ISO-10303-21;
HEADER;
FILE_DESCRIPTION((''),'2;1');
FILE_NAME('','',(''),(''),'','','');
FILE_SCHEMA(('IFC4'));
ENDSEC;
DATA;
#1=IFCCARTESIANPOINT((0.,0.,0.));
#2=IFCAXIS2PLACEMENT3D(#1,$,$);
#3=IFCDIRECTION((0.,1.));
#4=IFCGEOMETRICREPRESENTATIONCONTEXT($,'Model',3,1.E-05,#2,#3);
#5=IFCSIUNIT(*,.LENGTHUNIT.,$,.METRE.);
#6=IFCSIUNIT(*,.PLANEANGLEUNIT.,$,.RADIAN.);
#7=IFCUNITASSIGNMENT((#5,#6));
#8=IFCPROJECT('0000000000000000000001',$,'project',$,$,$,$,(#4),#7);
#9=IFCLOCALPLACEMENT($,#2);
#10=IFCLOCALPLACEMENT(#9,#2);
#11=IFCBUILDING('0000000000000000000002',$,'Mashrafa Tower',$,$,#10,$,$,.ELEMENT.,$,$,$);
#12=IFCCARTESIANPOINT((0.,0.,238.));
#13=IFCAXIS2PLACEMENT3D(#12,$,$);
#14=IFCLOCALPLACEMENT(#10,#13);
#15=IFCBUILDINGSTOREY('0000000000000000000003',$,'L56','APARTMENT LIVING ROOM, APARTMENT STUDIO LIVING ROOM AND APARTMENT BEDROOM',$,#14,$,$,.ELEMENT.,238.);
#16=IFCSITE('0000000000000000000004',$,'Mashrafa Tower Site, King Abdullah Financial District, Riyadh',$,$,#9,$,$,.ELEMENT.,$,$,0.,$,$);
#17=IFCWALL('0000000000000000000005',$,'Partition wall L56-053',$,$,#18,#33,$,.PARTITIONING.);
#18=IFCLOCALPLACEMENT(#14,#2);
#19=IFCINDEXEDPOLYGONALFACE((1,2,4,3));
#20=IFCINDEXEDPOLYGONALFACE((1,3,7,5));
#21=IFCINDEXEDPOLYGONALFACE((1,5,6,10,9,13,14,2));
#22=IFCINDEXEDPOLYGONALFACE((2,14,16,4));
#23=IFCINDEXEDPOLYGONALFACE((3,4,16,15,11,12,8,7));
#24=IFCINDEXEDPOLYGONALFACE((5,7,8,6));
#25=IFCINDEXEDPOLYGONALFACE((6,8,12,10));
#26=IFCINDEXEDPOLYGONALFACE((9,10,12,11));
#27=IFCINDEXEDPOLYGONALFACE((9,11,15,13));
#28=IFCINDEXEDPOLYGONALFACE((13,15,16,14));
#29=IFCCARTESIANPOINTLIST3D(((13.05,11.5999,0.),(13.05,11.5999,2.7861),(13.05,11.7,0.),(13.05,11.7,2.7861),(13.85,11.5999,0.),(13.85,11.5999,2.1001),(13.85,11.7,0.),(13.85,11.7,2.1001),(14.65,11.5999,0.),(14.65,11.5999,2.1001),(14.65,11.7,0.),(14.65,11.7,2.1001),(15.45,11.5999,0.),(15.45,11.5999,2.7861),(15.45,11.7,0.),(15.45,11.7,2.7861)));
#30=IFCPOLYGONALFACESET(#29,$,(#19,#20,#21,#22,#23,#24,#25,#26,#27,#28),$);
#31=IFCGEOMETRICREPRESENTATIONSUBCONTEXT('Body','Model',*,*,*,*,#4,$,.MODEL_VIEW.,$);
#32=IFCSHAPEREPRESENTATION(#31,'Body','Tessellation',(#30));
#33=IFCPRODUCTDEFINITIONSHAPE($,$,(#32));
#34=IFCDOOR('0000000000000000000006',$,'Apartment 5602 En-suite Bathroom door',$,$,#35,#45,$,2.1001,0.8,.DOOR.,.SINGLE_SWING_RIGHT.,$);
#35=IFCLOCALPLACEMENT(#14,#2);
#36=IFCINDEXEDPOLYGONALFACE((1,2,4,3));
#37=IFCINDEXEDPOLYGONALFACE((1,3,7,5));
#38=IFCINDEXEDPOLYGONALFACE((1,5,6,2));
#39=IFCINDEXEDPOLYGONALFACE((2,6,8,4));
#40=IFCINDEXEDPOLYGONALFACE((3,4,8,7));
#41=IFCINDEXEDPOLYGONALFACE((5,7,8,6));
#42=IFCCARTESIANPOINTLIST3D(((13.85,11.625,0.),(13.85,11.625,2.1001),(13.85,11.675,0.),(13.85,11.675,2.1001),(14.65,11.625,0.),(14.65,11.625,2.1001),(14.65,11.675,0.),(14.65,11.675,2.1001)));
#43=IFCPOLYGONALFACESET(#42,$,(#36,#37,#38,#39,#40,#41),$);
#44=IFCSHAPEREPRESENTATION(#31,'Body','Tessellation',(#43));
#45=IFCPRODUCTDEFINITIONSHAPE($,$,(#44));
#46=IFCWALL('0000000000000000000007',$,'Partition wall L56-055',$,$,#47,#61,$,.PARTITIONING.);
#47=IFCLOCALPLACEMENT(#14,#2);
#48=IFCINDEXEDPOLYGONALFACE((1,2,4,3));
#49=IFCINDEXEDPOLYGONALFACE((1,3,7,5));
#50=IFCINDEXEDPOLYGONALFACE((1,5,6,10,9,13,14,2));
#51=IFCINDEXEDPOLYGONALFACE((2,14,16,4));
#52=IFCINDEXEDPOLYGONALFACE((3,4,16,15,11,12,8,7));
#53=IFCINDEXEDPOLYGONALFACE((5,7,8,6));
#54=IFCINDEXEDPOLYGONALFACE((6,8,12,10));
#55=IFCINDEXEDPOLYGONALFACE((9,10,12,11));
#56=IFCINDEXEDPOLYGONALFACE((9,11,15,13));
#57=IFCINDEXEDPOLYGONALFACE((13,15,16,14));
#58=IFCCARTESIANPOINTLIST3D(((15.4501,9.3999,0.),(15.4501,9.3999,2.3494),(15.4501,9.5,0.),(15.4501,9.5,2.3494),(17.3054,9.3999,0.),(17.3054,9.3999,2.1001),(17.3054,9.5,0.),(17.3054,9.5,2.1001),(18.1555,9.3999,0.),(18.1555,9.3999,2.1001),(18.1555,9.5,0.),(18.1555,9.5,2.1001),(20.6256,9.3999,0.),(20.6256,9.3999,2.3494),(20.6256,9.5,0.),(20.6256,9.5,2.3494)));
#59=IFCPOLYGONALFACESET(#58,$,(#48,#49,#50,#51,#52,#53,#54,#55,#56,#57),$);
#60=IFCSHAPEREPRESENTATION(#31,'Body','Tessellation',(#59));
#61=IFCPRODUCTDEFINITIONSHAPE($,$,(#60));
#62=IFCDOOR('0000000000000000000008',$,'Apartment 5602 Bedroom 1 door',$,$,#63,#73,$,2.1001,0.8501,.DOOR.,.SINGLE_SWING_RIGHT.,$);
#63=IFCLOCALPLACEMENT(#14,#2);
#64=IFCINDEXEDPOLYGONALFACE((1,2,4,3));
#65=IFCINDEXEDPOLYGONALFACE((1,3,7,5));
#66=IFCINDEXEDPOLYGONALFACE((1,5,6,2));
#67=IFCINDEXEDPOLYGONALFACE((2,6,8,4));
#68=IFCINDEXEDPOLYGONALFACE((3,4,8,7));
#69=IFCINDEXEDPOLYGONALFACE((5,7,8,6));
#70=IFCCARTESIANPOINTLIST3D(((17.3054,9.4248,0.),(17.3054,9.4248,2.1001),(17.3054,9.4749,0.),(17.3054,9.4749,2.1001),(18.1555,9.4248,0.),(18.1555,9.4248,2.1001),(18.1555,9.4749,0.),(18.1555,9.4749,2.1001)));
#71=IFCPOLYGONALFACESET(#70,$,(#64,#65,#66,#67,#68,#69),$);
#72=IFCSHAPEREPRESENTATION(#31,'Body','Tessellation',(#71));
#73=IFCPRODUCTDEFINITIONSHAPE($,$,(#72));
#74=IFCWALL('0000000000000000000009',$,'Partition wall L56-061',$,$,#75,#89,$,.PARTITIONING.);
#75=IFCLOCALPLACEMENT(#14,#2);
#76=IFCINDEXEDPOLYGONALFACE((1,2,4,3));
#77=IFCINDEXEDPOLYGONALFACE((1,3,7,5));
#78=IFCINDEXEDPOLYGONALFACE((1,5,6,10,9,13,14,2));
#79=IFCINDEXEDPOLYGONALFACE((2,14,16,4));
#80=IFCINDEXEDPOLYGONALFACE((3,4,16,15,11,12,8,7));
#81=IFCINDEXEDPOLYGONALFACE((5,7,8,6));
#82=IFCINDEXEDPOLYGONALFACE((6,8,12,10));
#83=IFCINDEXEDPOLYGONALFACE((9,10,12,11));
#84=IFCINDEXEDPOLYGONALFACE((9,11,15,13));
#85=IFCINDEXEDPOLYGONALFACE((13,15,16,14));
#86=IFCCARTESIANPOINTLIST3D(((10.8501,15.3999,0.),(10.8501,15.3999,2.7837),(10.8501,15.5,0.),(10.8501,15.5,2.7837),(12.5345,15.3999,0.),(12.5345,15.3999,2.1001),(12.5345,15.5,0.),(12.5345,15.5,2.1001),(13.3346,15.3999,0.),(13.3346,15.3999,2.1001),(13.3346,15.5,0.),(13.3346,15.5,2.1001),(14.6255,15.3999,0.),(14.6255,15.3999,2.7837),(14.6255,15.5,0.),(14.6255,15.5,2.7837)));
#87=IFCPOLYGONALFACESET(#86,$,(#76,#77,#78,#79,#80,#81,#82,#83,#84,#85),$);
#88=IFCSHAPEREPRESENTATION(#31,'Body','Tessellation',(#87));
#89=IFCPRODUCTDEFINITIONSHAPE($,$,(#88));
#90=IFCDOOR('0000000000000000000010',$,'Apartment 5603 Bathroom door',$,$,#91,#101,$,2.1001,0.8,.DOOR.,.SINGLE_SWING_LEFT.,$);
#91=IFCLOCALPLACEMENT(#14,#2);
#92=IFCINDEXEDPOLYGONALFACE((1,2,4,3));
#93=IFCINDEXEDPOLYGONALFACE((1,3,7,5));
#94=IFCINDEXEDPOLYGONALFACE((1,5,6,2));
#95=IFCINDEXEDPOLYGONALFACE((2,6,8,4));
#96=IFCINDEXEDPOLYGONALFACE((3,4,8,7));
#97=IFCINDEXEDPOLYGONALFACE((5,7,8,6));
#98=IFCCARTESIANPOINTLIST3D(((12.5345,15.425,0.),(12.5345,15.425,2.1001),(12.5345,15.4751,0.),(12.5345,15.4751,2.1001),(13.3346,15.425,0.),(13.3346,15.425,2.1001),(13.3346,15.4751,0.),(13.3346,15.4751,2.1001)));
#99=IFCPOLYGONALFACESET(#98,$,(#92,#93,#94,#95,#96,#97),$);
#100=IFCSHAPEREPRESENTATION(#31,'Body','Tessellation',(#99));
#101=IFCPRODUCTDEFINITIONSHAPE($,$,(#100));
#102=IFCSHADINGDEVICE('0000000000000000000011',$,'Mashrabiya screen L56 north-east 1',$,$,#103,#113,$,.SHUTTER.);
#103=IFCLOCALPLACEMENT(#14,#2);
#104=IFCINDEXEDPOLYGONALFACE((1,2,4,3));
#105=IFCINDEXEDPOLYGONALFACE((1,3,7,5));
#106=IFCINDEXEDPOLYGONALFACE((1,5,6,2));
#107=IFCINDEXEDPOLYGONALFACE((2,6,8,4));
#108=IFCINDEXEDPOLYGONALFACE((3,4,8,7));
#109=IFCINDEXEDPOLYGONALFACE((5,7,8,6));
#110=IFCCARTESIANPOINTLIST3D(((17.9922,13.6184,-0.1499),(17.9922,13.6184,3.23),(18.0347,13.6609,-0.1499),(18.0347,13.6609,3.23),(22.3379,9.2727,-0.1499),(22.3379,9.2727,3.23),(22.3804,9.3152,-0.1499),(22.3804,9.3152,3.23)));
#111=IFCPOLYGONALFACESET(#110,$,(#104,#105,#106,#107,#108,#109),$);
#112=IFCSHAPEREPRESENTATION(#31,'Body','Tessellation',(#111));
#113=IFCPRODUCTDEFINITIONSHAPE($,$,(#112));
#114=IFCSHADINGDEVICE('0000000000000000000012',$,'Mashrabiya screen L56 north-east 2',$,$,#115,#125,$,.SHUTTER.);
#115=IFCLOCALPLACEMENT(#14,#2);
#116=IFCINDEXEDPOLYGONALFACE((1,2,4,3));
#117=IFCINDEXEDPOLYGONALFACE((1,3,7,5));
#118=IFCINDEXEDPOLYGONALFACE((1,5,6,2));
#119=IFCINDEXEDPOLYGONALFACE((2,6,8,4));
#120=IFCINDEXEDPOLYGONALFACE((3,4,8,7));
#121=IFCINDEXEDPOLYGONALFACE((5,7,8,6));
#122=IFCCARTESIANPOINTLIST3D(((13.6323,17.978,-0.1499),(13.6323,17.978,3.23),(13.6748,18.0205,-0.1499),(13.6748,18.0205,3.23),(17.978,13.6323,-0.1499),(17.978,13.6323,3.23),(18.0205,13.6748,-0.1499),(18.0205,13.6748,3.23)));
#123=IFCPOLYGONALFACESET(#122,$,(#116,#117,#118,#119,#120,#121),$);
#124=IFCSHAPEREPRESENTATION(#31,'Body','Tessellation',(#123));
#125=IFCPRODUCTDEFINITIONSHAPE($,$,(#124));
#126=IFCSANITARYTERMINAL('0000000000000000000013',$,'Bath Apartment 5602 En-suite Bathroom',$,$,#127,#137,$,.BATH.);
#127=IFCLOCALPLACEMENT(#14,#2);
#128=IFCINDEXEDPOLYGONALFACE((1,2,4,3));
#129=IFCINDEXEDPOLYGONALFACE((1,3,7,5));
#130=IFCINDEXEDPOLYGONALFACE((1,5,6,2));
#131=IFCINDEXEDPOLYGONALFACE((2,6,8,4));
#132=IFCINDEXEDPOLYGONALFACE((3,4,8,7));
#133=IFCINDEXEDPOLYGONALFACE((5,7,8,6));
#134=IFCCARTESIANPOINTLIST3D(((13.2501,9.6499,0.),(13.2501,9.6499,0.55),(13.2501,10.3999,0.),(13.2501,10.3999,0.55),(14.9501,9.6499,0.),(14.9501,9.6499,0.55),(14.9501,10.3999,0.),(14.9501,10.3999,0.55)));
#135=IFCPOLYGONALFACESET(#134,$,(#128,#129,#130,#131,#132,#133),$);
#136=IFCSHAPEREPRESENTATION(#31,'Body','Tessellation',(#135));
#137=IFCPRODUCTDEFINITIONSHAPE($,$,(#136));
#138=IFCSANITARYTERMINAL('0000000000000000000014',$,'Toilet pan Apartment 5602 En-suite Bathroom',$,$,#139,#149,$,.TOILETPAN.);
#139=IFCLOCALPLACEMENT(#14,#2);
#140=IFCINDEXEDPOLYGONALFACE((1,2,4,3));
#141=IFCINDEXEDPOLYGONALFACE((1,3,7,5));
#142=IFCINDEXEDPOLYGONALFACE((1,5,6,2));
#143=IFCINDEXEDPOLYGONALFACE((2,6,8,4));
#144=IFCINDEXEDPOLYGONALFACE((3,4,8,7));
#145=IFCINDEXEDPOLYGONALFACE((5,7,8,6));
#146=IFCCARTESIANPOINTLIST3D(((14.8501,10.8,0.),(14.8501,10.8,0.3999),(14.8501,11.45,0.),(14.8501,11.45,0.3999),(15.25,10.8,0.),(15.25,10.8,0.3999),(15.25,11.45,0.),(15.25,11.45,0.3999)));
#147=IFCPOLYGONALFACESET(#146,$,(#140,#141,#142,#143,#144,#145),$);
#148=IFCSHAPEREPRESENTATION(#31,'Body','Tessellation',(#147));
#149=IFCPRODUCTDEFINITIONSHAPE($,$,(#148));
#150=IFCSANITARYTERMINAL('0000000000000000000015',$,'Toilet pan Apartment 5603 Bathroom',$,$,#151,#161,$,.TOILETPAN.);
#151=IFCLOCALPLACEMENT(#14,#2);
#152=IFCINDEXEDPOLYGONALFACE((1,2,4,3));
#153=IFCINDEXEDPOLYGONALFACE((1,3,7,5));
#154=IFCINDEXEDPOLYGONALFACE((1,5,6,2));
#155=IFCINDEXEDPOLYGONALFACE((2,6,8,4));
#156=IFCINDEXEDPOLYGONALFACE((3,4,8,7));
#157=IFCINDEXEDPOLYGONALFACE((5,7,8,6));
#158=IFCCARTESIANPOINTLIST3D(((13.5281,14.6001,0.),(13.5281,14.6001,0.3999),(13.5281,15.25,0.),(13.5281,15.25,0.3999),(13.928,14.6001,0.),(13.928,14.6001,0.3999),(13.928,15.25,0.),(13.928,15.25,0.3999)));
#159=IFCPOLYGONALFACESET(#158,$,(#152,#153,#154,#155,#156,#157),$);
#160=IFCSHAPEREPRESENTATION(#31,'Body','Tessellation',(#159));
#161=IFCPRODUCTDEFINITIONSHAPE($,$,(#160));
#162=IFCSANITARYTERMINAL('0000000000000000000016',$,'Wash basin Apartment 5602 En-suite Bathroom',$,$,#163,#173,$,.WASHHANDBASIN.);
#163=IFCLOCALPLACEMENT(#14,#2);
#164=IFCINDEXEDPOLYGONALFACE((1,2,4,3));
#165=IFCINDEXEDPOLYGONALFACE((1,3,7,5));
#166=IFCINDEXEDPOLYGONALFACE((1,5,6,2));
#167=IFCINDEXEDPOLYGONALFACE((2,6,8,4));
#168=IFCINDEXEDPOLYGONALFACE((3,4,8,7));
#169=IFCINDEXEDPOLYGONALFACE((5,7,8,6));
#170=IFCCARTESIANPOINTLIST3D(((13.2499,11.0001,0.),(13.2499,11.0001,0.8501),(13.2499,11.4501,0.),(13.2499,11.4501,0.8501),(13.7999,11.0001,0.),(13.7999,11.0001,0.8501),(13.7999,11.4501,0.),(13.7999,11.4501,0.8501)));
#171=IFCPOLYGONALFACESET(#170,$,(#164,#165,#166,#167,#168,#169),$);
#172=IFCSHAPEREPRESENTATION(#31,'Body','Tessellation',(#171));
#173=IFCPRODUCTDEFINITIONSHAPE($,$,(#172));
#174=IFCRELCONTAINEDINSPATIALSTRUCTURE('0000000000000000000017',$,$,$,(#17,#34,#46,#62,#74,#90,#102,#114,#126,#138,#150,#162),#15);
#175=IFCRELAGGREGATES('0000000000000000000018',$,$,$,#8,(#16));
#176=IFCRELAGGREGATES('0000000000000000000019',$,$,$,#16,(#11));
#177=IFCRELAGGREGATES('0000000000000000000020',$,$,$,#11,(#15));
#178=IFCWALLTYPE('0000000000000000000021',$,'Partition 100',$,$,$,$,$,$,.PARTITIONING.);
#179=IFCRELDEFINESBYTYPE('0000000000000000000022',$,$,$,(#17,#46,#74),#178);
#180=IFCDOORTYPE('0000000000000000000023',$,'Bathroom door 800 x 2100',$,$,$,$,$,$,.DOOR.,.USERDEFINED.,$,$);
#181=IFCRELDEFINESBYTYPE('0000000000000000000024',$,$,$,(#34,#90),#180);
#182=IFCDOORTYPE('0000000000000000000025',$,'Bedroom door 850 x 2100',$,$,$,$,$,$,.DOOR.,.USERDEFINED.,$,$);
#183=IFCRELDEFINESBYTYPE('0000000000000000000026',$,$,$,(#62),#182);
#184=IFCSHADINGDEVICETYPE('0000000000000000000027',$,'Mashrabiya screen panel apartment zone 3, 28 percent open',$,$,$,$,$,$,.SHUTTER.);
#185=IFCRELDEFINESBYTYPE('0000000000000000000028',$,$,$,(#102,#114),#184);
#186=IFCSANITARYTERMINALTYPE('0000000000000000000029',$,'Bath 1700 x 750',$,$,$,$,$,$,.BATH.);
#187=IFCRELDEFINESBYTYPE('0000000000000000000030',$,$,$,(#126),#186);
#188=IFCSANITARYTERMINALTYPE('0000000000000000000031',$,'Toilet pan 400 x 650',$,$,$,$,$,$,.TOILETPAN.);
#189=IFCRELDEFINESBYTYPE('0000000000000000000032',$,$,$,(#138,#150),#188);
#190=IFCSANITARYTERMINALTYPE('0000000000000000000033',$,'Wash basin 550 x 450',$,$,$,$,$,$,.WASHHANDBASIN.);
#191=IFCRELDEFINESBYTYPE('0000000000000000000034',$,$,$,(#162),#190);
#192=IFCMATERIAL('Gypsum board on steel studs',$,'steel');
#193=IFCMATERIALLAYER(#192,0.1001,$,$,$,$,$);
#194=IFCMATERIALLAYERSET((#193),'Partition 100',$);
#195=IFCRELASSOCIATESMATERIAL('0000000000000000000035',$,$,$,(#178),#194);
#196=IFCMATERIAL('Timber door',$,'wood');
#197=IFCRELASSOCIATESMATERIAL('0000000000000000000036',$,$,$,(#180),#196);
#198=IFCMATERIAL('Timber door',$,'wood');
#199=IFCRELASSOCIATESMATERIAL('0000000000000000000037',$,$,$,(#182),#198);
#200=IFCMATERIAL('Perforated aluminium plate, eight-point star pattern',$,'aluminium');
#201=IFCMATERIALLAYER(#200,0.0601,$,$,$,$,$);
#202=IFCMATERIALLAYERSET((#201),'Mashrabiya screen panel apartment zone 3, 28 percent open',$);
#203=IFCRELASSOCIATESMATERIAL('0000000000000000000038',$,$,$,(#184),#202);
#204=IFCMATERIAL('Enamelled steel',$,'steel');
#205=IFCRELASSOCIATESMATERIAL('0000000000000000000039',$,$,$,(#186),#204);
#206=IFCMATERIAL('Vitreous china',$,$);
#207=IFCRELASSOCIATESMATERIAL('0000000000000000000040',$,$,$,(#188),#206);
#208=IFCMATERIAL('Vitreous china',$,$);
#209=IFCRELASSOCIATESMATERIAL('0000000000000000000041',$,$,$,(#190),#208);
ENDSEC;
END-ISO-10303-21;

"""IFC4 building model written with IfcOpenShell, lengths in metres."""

from ifc_helpers import new_model, si_unit, direction, frame, frame_2d, origin, origin_2d, place, context, subcontext, project, spatial, rectangle, extrude, source, transform, mapped, material, layer, layer_set, type_object, type_shapes, element, fill, save


model = new_model("IFC4")

# Units and contexts
model_context = context("Model", 3, precision=1e-05, world=origin(), true_north=direction((0.0, 1.0)))
body_context = subcontext(model_context, "Body", "Model", "MODEL_VIEW")
ifc_project = project(units=[si_unit("LENGTHUNIT", "METRE"), si_unit("PLANEANGLEUNIT", "RADIAN")], contexts=[model_context])

# Site, building, storey
site_placement = place(None, origin())
site = spatial("IfcSite", under=ifc_project, at=site_placement, Name="Mashrafa Tower Site, King Abdullah Financial District, Riyadh", CompositionType="ELEMENT", RefElevation=0.0)
building_placement = place(site_placement, origin())
building = spatial("IfcBuilding", under=site, at=building_placement, Name="Mashrafa Tower", CompositionType="ELEMENT")
storey_placement = place(building_placement, frame((0.0, 0.0, 238.0)))
storey = spatial("IfcBuildingStorey", under=building, at=storey_placement, Name="L56", Description="APARTMENT LIVING ROOM, APARTMENT STUDIO LIVING ROOM AND APARTMENT BEDROOM", CompositionType="ELEMENT", Elevation=238.0)

# Shared definitions
ifc_material_1 = material(Name="Gypsum board on steel studs", Category="steel")
ifc_layer_1 = layer(ifc_material_1, 0.1001)
ifc_layer_set_1 = layer_set([ifc_layer_1], Name="Partition 100")
wall_type_1 = type_object("IfcWallType", Name="Partition 100", PredefinedType="PARTITIONING", material=ifc_layer_set_1)

# Walls, openings, doors
wall_1_placement = place(storey_placement, frame((15.45, 11.6499, 0.0), z_axis=(0.0, 0.0, 1.0), x_axis=(-1.0, 0.0, 0.0)))
wall_1 = element("IfcWall", 1, at=wall_1_placement, inside=storey, type_object=wall_type_1, Name="Partition wall L56-053", PredefinedType="PARTITIONING", context=body_context, shape_type="SweptSolid", body=[
    extrude(rectangle(XDim=2.3999, YDim=0.1001, at=frame_2d((1.2, 0.0))), origin(), (0.0, 0.0, 1.0), 2.7861),
])
opening_1_placement = place(wall_1_placement, frame((0.8, 0.0, 0.0)))
opening_1 = element("IfcOpeningElement", 2, at=opening_1_placement, cuts=wall_1, PredefinedType="OPENING", context=body_context, shape_type="SweptSolid", body=[
    extrude(rectangle(XDim=0.8, YDim=2.1001, at=frame_2d((0.3999, 1.05))), frame((0.0, 0.0601, 0.0), z_axis=(0.0, -1.0, 0.0), x_axis=(1.0, 0.0, 0.0)), (0.0, 0.0, 1.0), 0.1201),
])
ifc_material_2 = material(Name="Timber door", Category="wood")
door_type_1 = type_object("IfcDoorType", Name="Bathroom door 800 x 2100", OperationType="USERDEFINED", PredefinedType="DOOR", material=ifc_material_2)
door_1_placement = place(opening_1_placement, origin())
door_1 = element("IfcDoor", 3, at=door_1_placement, inside=storey, type_object=door_type_1, Name="Apartment 5602 En-suite Bathroom door", OperationType="SINGLE_SWING_RIGHT", OverallHeight=2.1001, OverallWidth=0.8, PredefinedType="DOOR", context=body_context, shape_type="SweptSolid", body=[
    extrude(rectangle(XDim=0.8, YDim=2.1001, at=frame_2d((0.3999, 1.05))), frame((0.0, 0.0249, 0.0), z_axis=(0.0, -1.0, 0.0), x_axis=(1.0, 0.0, 0.0)), (0.0, 0.0, 1.0), 0.05),
])
fill(opening_1, door_1)
wall_2_placement = place(storey_placement, frame((15.45, 9.45, 0.0), z_axis=(0.0, 0.0, 1.0), x_axis=(1.0, 0.0, 0.0)))
wall_2 = element("IfcWall", 4, at=wall_2_placement, inside=storey, type_object=wall_type_1, Name="Partition wall L56-055", PredefinedType="PARTITIONING", context=body_context, shape_type="SweptSolid", body=[
    extrude(rectangle(XDim=5.1755, YDim=0.1001, at=frame_2d((2.5879, 0.0))), origin(), (0.0, 0.0, 1.0), 2.3494),
])
opening_2_placement = place(wall_2_placement, frame((1.8555, 0.0, 0.0)))
opening_2 = element("IfcOpeningElement", 5, at=opening_2_placement, cuts=wall_2, PredefinedType="OPENING", context=body_context, shape_type="SweptSolid", body=[
    extrude(rectangle(XDim=0.8501, YDim=2.1001, at=frame_2d((0.425, 1.05))), frame((0.0, 0.0601, 0.0), z_axis=(0.0, -1.0, 0.0), x_axis=(1.0, 0.0, 0.0)), (0.0, 0.0, 1.0), 0.1201),
])
ifc_material_3 = material(Name="Timber door", Category="wood")
door_type_2 = type_object("IfcDoorType", Name="Bedroom door 850 x 2100", OperationType="USERDEFINED", PredefinedType="DOOR", material=ifc_material_3)
door_2_placement = place(opening_2_placement, origin())
door_2 = element("IfcDoor", 6, at=door_2_placement, inside=storey, type_object=door_type_2, Name="Apartment 5602 Bedroom 1 door", OperationType="SINGLE_SWING_RIGHT", OverallHeight=2.1001, OverallWidth=0.8501, PredefinedType="DOOR", context=body_context, shape_type="SweptSolid", body=[
    extrude(rectangle(XDim=0.8501, YDim=2.1001, at=frame_2d((0.425, 1.05))), frame((0.0, 0.0249, 0.0), z_axis=(0.0, -1.0, 0.0), x_axis=(1.0, 0.0, 0.0)), (0.0, 0.0, 1.0), 0.05),
])
fill(opening_2, door_2)
wall_3_placement = place(storey_placement, frame((14.6255, 15.45, 0.0), z_axis=(0.0, 0.0, 1.0), x_axis=(-1.0, 0.0, 0.0)))
wall_3 = element("IfcWall", 7, at=wall_3_placement, inside=storey, type_object=wall_type_1, Name="Partition wall L56-061", PredefinedType="PARTITIONING", context=body_context, shape_type="SweptSolid", body=[
    extrude(rectangle(XDim=3.7754, YDim=0.1001, at=frame_2d((1.8877, 0.0))), origin(), (0.0, 0.0, 1.0), 2.7837),
])
opening_3_placement = place(wall_3_placement, frame((1.291, 0.0, 0.0)))
opening_3 = element("IfcOpeningElement", 8, at=opening_3_placement, cuts=wall_3, PredefinedType="OPENING", context=body_context, shape_type="SweptSolid", body=[
    extrude(rectangle(XDim=0.8, YDim=2.1001, at=frame_2d((0.3999, 1.05))), frame((0.0, 0.0601, 0.0), z_axis=(0.0, -1.0, 0.0), x_axis=(1.0, 0.0, 0.0)), (0.0, 0.0, 1.0), 0.1201),
])
door_3_placement = place(opening_3_placement, origin())
door_3 = element("IfcDoor", 9, at=door_3_placement, inside=storey, type_object=door_type_1, Name="Apartment 5603 Bathroom door", OperationType="SINGLE_SWING_LEFT", OverallHeight=2.1001, OverallWidth=0.8, PredefinedType="DOOR", context=body_context, shape_type="SweptSolid", body=[
    extrude(rectangle(XDim=0.8, YDim=2.1001, at=frame_2d((0.3999, 1.05))), frame((0.0, 0.0249, 0.0), z_axis=(0.0, -1.0, 0.0), x_axis=(1.0, 0.0, 0.0)), (0.0, 0.0, 1.0), 0.05),
])
fill(opening_3, door_3)

# Shading devices
ifc_material_4 = material(Name="Perforated aluminium plate, eight-point star pattern", Category="aluminium")
ifc_layer_2 = layer(ifc_material_4, 0.0601)
ifc_layer_set_2 = layer_set([ifc_layer_2], Name="Mashrabiya screen panel apartment zone 3, 28 percent open")
shading_device_type = type_object("IfcShadingDeviceType", Name="Mashrabiya screen panel apartment zone 3, 28 percent open", PredefinedType="SHUTTER", material=ifc_layer_set_2)
shared_shape_1 = source(origin(), body_context, "Body", "SweptSolid", [
    extrude(rectangle(XDim=6.1458, YDim=0.0601, at=origin_2d()), origin(), (0.0, 0.0, 1.0), 3.3799),
])
type_shapes(shading_device_type, [shared_shape_1])
for number, where, z_axis, x_axis, name in (
    (10, (20.1863, 11.4668, -0.1499), (0.0, 0.0, 1.0), (-0.707107, 0.707107, 0.0), "Mashrabiya screen L56 north-east 1"),
    (11, (15.8264, 15.8264, -0.1499), (0.0, 0.0, 1.0), (-0.707107, 0.707107, 0.0), "Mashrabiya screen L56 north-east 2"),
):
    element("IfcShadingDevice", number, at=place(storey_placement, frame(where, z_axis=z_axis, x_axis=x_axis)), inside=storey, type_object=shading_device_type, Name=name, PredefinedType="SHUTTER", context=body_context, shape_type="MappedRepresentation", body=[
        mapped(shared_shape_1, transform((0.0, 0.0, 0.0))),
    ])

# Sanitary terminals
ifc_material_5 = material(Name="Enamelled steel", Category="steel")
sanitary_terminal_type_1 = type_object("IfcSanitaryTerminalType", Name="Bath 1700 x 750", PredefinedType="BATH", material=ifc_material_5)
sanitary_terminal_placement = place(storey_placement, frame((14.1001, 10.0249, 0.0), z_axis=(0.0, 0.0, 1.0), x_axis=(1.0, 0.0, 0.0)))
element("IfcSanitaryTerminal", 12, at=sanitary_terminal_placement, inside=storey, type_object=sanitary_terminal_type_1, Name="Bath Apartment 5602 En-suite Bathroom", PredefinedType="BATH", context=body_context, shape_type="SweptSolid", body=[
    extrude(rectangle(XDim=1.7, YDim=0.75, at=origin_2d()), origin(), (0.0, 0.0, 1.0), 0.55),
])
ifc_material_6 = material(Name="Vitreous china")
sanitary_terminal_type_2 = type_object("IfcSanitaryTerminalType", Name="Toilet pan 400 x 650", PredefinedType="TOILETPAN", material=ifc_material_6)
for number, where, z_axis, x_axis, name in (
    (13, (15.05, 11.125, 0.0), (0.0, 0.0, 1.0), (-1.0, 0.0, 0.0), "Toilet pan Apartment 5602 En-suite Bathroom"),
    (14, (13.728, 14.925, 0.0), (0.0, 0.0, 1.0), (-1.0, 0.0, 0.0), "Toilet pan Apartment 5603 Bathroom"),
):
    element("IfcSanitaryTerminal", number, at=place(storey_placement, frame(where, z_axis=z_axis, x_axis=x_axis)), inside=storey, type_object=sanitary_terminal_type_2, Name=name, PredefinedType="TOILETPAN", context=body_context, shape_type="SweptSolid", body=[
        extrude(rectangle(XDim=0.3999, YDim=0.6499, at=origin_2d()), origin(), (0.0, 0.0, 1.0), 0.3999),
    ])
ifc_material_7 = material(Name="Vitreous china")
sanitary_terminal_type_3 = type_object("IfcSanitaryTerminalType", Name="Wash basin 550 x 450", PredefinedType="WASHHANDBASIN", material=ifc_material_7)
for number, where, z_axis, x_axis, name in (
    (15, (13.5249, 11.2251, 0.0), (0.0, 0.0, 1.0), (-1.0, 0.0, 0.0), "Wash basin Apartment 5602 En-suite Bathroom"),
):
    element("IfcSanitaryTerminal", number, at=place(storey_placement, frame(where, z_axis=z_axis, x_axis=x_axis)), inside=storey, type_object=sanitary_terminal_type_3, Name=name, PredefinedType="WASHHANDBASIN", context=body_context, shape_type="SweptSolid", body=[
        extrude(rectangle(XDim=0.55, YDim=0.45, at=origin_2d()), origin(), (0.0, 0.0, 1.0), 0.8501),
    ])

save(model, "model.ifc")
